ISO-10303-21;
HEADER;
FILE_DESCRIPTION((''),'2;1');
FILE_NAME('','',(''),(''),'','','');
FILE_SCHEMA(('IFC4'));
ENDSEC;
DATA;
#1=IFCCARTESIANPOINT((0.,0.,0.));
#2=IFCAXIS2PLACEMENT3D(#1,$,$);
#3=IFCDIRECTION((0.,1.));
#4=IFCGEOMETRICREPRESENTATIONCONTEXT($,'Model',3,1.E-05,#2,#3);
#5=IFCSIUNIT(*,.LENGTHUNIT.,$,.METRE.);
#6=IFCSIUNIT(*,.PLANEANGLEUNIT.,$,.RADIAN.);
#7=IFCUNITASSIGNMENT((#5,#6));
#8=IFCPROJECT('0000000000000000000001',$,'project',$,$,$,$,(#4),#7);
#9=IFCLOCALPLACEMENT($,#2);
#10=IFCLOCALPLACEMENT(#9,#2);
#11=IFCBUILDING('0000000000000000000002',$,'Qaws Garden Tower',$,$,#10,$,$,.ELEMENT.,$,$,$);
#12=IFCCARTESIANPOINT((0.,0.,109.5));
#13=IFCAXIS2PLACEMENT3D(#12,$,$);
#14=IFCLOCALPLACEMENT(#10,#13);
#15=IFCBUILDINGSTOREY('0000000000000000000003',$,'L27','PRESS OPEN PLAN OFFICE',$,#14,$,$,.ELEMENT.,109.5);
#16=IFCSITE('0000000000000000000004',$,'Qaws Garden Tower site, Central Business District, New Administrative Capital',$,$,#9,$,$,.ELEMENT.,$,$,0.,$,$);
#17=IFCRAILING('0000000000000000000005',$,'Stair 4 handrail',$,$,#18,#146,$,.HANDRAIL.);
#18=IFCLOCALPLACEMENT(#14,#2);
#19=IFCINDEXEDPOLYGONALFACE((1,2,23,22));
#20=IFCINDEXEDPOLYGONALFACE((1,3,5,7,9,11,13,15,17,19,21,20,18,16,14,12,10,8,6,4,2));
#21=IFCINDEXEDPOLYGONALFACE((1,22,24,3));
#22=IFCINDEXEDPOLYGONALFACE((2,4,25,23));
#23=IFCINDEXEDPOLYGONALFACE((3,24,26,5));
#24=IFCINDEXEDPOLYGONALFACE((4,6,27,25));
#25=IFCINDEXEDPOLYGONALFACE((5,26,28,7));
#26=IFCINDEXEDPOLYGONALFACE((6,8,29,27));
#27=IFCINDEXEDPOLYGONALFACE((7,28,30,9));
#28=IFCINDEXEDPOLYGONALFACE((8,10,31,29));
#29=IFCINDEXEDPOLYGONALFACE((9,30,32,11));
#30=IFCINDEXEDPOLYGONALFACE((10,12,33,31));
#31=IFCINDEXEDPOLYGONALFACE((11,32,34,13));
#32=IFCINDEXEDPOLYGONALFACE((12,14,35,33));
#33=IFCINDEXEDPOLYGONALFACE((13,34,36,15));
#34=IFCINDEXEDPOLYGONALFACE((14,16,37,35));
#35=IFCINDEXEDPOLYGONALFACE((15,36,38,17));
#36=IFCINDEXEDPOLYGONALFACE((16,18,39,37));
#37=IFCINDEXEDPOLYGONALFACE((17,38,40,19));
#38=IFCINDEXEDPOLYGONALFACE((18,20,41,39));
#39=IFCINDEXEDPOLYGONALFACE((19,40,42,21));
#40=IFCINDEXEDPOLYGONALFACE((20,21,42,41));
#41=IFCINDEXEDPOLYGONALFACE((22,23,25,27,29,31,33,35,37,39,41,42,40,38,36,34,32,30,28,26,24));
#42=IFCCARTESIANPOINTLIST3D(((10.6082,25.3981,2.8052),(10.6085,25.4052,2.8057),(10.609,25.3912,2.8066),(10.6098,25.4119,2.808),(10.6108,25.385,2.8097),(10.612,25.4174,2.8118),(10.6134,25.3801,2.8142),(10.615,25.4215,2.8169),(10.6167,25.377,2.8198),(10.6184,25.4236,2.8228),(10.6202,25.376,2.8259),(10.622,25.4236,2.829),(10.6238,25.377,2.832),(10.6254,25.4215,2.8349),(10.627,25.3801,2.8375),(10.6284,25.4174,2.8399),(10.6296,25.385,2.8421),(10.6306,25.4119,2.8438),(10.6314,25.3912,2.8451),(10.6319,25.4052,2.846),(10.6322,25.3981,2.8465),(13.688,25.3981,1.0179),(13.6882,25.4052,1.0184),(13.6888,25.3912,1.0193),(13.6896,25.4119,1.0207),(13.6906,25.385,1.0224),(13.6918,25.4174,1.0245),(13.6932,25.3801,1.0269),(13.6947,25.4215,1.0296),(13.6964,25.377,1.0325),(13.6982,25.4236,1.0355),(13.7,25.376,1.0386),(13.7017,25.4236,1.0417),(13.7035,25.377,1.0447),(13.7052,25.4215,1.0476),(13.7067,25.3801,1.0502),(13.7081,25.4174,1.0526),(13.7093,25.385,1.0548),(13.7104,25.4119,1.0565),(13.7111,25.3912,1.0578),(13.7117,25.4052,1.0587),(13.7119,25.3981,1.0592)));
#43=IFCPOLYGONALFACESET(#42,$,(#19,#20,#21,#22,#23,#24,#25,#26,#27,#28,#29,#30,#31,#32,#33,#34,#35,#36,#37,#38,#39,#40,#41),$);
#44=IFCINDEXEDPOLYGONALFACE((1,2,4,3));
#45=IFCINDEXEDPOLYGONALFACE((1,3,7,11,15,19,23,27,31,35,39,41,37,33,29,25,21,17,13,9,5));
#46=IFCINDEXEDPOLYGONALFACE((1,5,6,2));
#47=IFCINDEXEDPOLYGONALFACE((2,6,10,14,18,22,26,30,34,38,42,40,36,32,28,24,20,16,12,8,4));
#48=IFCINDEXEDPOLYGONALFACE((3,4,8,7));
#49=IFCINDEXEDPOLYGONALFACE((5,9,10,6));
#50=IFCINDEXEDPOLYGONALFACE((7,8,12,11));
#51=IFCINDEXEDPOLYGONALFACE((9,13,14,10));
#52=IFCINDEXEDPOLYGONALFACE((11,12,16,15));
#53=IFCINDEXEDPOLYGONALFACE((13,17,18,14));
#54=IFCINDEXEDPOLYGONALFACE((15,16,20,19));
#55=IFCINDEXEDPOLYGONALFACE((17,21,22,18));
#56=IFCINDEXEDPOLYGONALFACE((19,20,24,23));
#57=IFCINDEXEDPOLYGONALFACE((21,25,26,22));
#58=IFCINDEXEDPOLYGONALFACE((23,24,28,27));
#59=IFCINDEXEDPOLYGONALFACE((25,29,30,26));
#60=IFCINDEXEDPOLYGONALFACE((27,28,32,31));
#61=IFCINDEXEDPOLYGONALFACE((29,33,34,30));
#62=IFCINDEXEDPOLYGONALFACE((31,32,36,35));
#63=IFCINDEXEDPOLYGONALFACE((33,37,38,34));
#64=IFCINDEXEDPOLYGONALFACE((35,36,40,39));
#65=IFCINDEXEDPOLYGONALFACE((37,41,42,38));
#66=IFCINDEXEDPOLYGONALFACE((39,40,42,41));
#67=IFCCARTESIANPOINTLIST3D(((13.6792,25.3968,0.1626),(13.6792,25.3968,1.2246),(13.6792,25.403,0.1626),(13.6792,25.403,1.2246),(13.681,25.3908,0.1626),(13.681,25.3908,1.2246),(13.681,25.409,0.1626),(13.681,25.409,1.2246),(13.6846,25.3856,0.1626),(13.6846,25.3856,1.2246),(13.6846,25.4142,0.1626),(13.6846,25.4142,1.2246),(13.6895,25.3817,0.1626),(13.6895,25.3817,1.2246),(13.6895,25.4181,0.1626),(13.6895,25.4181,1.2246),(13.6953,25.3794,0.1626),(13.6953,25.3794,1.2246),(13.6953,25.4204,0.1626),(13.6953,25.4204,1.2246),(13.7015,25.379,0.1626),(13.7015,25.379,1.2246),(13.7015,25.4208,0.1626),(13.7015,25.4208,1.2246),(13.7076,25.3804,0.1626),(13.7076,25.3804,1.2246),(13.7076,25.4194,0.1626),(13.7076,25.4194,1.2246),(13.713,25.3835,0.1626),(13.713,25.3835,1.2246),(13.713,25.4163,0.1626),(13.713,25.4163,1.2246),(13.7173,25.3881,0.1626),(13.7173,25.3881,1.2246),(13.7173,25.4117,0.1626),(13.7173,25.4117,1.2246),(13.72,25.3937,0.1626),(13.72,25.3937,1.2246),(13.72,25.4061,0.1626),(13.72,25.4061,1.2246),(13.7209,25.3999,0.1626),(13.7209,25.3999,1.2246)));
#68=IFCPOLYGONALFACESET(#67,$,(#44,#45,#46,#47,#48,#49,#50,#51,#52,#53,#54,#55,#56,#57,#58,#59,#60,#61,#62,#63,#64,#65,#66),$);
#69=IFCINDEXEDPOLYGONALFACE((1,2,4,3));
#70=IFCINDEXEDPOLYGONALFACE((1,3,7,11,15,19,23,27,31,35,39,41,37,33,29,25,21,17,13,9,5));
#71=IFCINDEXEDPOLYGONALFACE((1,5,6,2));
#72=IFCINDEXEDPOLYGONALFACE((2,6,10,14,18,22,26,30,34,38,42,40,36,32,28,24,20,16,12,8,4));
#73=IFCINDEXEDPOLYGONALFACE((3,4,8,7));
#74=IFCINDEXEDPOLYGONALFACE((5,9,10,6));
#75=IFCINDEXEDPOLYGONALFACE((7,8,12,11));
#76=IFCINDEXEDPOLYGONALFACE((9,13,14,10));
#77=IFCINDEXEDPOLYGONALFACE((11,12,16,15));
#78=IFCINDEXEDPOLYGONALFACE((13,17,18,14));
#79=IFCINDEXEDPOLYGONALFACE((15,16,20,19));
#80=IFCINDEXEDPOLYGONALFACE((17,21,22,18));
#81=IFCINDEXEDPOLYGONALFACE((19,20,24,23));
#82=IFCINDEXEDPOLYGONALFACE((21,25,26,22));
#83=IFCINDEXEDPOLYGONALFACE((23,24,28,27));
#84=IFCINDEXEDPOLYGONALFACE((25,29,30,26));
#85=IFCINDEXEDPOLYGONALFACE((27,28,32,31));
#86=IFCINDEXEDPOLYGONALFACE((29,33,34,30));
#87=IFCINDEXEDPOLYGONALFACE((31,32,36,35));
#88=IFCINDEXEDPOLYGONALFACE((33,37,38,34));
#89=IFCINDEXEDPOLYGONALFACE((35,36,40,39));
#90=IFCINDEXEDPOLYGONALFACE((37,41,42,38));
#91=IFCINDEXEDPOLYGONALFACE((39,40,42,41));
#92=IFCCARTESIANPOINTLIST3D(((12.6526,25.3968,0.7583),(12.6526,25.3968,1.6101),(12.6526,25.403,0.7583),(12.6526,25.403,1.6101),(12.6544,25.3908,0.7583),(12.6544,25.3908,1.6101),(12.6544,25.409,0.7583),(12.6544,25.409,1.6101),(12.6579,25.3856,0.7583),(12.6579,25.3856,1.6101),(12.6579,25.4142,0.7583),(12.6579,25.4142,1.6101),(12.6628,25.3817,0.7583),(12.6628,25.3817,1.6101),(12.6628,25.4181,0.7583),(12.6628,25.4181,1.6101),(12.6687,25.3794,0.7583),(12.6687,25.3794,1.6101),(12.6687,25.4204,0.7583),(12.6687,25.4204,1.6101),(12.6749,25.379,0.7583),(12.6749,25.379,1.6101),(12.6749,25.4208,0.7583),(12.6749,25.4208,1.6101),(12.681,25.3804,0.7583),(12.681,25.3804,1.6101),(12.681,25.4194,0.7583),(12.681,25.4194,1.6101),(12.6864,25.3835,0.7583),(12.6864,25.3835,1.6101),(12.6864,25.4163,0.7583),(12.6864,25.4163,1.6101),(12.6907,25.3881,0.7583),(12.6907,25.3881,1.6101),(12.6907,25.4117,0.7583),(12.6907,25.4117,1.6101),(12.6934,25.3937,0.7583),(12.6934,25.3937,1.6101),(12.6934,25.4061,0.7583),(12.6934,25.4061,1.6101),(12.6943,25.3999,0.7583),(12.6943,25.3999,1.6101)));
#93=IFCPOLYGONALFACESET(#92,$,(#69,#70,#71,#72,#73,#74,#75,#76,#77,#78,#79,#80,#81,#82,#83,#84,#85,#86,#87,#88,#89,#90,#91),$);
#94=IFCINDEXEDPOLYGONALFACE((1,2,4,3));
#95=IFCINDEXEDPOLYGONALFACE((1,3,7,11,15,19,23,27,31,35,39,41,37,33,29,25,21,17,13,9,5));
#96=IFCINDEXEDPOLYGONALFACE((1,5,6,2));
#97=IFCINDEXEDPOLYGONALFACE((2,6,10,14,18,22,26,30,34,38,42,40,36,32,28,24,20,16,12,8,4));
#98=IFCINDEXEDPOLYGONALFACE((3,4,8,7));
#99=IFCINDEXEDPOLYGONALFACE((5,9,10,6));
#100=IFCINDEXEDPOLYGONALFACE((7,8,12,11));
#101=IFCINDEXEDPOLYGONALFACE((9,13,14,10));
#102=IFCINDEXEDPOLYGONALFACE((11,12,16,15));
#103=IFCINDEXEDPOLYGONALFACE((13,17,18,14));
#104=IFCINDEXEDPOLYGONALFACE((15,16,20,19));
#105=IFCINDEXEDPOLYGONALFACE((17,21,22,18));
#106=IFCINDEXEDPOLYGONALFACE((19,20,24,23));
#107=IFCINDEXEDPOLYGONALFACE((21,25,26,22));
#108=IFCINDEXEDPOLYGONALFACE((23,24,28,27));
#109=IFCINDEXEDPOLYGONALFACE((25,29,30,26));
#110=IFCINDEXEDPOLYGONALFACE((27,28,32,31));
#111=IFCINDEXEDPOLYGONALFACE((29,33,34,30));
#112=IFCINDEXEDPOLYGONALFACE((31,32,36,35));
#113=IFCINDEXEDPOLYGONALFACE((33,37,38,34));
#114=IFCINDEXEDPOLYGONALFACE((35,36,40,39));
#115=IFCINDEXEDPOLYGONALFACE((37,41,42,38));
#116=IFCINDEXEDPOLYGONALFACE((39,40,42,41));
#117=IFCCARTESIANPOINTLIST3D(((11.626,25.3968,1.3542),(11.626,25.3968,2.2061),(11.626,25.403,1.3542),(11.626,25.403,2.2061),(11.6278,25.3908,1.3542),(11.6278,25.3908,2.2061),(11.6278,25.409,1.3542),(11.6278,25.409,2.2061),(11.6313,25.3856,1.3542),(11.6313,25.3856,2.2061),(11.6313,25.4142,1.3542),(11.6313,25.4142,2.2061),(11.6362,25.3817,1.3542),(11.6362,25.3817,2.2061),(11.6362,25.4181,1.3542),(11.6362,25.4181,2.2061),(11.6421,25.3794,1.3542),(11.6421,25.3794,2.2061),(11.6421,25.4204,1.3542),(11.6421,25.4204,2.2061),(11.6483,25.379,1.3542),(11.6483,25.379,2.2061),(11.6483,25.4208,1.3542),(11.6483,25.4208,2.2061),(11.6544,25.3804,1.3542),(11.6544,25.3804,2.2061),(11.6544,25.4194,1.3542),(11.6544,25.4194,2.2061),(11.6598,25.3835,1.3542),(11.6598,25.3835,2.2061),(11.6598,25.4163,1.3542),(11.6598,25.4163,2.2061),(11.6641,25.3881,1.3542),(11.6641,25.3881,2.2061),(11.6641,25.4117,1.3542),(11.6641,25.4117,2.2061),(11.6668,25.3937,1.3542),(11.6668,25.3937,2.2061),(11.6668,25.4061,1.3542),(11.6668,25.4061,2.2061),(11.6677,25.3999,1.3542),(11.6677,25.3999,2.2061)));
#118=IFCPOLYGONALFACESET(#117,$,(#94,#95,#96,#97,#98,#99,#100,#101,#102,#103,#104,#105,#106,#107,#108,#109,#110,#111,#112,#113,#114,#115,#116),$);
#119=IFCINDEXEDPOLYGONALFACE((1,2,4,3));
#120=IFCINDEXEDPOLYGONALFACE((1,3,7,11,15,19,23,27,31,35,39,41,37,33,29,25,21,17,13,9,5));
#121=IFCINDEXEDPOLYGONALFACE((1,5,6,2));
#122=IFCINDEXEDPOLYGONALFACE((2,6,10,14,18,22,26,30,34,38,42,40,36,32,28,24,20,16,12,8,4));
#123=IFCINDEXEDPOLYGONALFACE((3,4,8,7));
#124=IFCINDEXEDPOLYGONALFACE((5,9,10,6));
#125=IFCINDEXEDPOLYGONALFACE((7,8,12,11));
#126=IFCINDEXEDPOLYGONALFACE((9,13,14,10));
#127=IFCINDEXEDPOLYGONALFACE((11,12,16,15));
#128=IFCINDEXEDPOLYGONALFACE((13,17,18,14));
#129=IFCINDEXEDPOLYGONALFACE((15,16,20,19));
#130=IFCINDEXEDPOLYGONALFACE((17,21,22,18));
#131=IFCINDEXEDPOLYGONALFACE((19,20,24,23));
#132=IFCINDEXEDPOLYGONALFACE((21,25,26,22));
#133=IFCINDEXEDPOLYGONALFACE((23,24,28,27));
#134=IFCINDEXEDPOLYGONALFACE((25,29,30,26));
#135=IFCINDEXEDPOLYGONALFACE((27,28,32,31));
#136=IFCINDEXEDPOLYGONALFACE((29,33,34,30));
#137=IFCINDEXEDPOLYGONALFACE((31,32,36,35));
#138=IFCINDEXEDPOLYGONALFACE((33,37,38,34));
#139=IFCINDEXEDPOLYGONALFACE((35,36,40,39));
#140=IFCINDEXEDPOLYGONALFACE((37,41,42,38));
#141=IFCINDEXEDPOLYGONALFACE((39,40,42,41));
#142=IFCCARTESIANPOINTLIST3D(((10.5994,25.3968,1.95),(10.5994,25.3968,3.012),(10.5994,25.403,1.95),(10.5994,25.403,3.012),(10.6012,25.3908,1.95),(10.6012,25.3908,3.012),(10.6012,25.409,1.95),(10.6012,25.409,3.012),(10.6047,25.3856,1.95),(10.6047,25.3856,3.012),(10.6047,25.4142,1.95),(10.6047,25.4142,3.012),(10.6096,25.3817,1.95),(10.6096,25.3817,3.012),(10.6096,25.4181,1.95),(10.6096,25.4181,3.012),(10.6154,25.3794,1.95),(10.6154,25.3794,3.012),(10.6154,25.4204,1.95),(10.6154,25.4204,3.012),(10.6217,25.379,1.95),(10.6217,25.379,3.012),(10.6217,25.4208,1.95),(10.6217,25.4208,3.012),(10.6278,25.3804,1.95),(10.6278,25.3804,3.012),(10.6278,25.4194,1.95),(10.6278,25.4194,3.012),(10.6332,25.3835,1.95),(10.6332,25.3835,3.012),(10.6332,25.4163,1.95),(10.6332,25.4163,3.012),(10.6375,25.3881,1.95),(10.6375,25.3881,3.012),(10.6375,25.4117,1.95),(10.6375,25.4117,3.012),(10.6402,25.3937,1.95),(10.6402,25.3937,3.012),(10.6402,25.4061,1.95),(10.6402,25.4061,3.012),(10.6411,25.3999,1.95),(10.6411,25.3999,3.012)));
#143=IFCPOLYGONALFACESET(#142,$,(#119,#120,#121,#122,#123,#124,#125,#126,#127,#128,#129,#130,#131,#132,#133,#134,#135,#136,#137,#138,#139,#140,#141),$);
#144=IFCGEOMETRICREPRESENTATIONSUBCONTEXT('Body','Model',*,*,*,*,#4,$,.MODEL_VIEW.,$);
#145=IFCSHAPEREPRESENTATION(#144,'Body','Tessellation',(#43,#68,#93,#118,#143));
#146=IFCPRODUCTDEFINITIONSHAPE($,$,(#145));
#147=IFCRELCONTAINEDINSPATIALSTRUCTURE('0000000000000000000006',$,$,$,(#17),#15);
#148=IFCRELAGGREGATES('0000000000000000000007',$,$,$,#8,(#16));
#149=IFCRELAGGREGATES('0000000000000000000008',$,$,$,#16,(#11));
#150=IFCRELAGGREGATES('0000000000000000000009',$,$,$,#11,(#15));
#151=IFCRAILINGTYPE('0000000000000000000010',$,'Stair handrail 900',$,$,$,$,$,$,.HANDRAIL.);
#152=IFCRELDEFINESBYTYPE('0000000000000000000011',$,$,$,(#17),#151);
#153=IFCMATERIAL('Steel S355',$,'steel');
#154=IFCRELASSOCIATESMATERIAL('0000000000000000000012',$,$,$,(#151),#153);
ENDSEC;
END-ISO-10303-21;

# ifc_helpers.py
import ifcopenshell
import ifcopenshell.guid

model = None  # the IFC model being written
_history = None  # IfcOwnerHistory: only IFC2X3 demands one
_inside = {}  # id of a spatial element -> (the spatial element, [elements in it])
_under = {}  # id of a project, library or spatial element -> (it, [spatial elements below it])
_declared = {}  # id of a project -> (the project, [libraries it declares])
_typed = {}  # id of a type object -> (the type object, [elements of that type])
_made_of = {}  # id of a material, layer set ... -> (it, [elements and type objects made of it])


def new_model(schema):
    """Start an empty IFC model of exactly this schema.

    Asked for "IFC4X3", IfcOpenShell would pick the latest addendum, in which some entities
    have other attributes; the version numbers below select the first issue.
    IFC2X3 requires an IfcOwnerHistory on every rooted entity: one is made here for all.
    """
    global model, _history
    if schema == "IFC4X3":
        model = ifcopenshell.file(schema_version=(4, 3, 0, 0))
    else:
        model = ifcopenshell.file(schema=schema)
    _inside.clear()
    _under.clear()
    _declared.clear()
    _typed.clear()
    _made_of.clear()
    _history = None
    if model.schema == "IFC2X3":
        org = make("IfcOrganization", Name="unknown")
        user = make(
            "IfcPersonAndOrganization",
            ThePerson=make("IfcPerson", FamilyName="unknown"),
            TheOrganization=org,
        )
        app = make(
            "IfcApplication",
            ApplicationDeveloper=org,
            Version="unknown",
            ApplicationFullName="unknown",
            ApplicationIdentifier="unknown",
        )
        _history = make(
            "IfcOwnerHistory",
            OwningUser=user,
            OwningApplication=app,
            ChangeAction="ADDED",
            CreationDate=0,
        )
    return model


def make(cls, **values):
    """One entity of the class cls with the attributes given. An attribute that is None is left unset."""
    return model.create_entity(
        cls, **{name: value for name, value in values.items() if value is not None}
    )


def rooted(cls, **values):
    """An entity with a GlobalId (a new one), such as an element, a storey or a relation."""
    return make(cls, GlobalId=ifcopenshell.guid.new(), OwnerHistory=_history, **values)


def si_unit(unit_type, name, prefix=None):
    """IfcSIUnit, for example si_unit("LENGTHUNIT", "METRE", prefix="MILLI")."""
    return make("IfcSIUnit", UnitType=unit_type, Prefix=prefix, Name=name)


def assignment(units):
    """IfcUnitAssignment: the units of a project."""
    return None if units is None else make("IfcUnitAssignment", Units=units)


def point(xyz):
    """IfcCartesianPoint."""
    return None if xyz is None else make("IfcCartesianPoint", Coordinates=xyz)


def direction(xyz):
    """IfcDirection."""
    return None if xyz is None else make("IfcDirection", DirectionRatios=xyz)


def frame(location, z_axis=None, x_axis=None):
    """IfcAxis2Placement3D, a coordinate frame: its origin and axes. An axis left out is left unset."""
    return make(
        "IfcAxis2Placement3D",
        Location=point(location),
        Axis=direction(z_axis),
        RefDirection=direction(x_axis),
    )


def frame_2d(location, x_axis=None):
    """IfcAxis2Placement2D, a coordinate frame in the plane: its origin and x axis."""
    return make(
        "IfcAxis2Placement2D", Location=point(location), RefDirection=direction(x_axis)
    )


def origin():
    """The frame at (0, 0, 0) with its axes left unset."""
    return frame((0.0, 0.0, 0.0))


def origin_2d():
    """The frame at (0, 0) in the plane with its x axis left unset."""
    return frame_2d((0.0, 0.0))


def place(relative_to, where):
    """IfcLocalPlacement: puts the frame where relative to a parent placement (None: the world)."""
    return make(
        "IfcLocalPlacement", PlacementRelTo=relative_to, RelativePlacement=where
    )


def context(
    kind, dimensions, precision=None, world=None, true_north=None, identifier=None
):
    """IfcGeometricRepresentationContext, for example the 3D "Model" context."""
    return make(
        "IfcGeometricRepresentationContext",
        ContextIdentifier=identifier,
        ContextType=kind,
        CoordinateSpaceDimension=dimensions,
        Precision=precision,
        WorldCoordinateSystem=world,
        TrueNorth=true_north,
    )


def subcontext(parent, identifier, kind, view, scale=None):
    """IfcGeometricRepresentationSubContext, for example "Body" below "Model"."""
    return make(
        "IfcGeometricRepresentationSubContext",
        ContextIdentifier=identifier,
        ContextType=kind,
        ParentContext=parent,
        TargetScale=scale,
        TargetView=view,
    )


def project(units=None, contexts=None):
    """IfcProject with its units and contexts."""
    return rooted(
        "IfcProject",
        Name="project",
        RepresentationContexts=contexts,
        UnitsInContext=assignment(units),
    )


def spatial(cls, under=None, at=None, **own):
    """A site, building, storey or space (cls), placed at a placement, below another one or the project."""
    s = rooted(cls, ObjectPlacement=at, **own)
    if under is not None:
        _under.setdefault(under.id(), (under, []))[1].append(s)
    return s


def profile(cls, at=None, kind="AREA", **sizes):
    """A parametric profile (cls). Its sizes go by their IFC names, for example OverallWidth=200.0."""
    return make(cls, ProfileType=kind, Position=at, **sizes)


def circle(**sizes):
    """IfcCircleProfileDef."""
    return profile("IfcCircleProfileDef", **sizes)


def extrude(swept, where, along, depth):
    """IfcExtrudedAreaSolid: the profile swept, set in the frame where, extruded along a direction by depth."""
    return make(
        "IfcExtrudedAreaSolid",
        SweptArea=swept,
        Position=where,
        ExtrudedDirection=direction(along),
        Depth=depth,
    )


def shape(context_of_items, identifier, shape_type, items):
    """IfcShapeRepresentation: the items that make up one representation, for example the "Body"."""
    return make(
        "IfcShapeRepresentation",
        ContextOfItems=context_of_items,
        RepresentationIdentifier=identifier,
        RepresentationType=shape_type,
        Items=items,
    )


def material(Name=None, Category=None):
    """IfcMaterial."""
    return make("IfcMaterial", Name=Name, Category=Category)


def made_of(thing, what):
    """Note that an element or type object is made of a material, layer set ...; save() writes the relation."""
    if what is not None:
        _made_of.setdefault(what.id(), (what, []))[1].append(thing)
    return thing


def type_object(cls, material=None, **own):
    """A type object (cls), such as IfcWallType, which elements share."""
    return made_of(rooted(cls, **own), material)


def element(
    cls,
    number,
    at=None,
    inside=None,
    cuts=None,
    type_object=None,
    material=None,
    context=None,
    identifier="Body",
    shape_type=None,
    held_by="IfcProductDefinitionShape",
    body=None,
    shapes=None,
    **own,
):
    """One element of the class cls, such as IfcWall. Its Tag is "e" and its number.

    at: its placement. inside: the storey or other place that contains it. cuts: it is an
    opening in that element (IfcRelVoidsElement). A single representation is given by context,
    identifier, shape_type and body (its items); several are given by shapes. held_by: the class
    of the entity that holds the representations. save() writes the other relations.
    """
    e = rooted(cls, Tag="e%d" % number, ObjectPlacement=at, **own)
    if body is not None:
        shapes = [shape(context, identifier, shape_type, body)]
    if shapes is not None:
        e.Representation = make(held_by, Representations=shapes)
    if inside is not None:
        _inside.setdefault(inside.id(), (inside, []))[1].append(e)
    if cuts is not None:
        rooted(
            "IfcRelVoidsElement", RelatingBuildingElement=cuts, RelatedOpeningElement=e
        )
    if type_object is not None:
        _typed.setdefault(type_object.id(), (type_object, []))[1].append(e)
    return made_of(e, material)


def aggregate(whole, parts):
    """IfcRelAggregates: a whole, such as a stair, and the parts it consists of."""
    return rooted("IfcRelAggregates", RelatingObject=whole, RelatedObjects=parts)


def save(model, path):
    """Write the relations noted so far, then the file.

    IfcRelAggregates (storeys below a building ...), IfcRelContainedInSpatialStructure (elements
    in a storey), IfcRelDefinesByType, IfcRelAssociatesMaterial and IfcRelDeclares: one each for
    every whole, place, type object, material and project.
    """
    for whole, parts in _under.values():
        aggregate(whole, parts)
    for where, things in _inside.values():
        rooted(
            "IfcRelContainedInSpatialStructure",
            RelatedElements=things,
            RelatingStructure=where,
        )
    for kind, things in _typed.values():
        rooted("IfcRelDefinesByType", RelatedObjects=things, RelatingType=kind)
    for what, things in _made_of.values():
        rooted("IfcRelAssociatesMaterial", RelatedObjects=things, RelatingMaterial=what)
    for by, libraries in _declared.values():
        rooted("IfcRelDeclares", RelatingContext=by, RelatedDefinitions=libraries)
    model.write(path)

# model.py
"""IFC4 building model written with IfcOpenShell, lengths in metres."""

from ifc_helpers import new_model, si_unit, direction, frame, origin, origin_2d, place, context, subcontext, project, spatial, circle, extrude, material, type_object, element, save


model = new_model("IFC4")

# Units and contexts
model_context = context("Model", 3, precision=1e-05, world=origin(), true_north=direction((0.0, 1.0)))
body_context = subcontext(model_context, "Body", "Model", "MODEL_VIEW")
ifc_project = project(units=[si_unit("LENGTHUNIT", "METRE"), si_unit("PLANEANGLEUNIT", "RADIAN")], contexts=[model_context])

# Site, building, storey
site_placement = place(None, origin())
site = spatial("IfcSite", under=ifc_project, at=site_placement, Name="Qaws Garden Tower site, Central Business District, New Administrative Capital", CompositionType="ELEMENT", RefElevation=0.0)
building_placement = place(site_placement, origin())
building = spatial("IfcBuilding", under=site, at=building_placement, Name="Qaws Garden Tower", CompositionType="ELEMENT")
storey_placement = place(building_placement, frame((0.0, 0.0, 109.5)))
storey = spatial("IfcBuildingStorey", under=building, at=storey_placement, Name="L27", Description="PRESS OPEN PLAN OFFICE", CompositionType="ELEMENT", Elevation=109.5)

# Railing
ifc_material_1 = material(Name="Steel S355", Category="steel")
railing_type = type_object("IfcRailingType", Name="Stair handrail 900", PredefinedType="HANDRAIL", material=ifc_material_1)
railing_1_placement = place(storey_placement, frame((13.7, 25.3999, 0.1626)))
element("IfcRailing", 1, at=railing_1_placement, inside=storey, type_object=railing_type, Name="Stair 4 handrail", PredefinedType="HANDRAIL", context=body_context, shape_type="SweptSolid", body=[
    extrude(circle(Radius=0.0239, at=origin_2d()), frame((0.0, 0.0, 0.876), z_axis=(-0.864903, 0.0, 0.501939), x_axis=(0.0, -1.0, 0.0)), (0.0, 0.0, 1.0), 3.5608),
    extrude(circle(Radius=0.021, at=origin_2d()), origin(), (0.0, 0.0, 1.0), 1.062),
    extrude(circle(Radius=0.021, at=origin_2d()), frame((-1.0266, 0.0, 0.5957)), (0.0, 0.0, 1.0), 0.8518),
    extrude(circle(Radius=0.021, at=origin_2d()), frame((-2.0532, 0.0, 1.1917)), (0.0, 0.0, 1.0), 0.8518),
    extrude(circle(Radius=0.021, at=origin_2d()), frame((-3.0798, 0.0, 1.7874)), (0.0, 0.0, 1.0), 1.062),
])

save(model, "model.ifc")
